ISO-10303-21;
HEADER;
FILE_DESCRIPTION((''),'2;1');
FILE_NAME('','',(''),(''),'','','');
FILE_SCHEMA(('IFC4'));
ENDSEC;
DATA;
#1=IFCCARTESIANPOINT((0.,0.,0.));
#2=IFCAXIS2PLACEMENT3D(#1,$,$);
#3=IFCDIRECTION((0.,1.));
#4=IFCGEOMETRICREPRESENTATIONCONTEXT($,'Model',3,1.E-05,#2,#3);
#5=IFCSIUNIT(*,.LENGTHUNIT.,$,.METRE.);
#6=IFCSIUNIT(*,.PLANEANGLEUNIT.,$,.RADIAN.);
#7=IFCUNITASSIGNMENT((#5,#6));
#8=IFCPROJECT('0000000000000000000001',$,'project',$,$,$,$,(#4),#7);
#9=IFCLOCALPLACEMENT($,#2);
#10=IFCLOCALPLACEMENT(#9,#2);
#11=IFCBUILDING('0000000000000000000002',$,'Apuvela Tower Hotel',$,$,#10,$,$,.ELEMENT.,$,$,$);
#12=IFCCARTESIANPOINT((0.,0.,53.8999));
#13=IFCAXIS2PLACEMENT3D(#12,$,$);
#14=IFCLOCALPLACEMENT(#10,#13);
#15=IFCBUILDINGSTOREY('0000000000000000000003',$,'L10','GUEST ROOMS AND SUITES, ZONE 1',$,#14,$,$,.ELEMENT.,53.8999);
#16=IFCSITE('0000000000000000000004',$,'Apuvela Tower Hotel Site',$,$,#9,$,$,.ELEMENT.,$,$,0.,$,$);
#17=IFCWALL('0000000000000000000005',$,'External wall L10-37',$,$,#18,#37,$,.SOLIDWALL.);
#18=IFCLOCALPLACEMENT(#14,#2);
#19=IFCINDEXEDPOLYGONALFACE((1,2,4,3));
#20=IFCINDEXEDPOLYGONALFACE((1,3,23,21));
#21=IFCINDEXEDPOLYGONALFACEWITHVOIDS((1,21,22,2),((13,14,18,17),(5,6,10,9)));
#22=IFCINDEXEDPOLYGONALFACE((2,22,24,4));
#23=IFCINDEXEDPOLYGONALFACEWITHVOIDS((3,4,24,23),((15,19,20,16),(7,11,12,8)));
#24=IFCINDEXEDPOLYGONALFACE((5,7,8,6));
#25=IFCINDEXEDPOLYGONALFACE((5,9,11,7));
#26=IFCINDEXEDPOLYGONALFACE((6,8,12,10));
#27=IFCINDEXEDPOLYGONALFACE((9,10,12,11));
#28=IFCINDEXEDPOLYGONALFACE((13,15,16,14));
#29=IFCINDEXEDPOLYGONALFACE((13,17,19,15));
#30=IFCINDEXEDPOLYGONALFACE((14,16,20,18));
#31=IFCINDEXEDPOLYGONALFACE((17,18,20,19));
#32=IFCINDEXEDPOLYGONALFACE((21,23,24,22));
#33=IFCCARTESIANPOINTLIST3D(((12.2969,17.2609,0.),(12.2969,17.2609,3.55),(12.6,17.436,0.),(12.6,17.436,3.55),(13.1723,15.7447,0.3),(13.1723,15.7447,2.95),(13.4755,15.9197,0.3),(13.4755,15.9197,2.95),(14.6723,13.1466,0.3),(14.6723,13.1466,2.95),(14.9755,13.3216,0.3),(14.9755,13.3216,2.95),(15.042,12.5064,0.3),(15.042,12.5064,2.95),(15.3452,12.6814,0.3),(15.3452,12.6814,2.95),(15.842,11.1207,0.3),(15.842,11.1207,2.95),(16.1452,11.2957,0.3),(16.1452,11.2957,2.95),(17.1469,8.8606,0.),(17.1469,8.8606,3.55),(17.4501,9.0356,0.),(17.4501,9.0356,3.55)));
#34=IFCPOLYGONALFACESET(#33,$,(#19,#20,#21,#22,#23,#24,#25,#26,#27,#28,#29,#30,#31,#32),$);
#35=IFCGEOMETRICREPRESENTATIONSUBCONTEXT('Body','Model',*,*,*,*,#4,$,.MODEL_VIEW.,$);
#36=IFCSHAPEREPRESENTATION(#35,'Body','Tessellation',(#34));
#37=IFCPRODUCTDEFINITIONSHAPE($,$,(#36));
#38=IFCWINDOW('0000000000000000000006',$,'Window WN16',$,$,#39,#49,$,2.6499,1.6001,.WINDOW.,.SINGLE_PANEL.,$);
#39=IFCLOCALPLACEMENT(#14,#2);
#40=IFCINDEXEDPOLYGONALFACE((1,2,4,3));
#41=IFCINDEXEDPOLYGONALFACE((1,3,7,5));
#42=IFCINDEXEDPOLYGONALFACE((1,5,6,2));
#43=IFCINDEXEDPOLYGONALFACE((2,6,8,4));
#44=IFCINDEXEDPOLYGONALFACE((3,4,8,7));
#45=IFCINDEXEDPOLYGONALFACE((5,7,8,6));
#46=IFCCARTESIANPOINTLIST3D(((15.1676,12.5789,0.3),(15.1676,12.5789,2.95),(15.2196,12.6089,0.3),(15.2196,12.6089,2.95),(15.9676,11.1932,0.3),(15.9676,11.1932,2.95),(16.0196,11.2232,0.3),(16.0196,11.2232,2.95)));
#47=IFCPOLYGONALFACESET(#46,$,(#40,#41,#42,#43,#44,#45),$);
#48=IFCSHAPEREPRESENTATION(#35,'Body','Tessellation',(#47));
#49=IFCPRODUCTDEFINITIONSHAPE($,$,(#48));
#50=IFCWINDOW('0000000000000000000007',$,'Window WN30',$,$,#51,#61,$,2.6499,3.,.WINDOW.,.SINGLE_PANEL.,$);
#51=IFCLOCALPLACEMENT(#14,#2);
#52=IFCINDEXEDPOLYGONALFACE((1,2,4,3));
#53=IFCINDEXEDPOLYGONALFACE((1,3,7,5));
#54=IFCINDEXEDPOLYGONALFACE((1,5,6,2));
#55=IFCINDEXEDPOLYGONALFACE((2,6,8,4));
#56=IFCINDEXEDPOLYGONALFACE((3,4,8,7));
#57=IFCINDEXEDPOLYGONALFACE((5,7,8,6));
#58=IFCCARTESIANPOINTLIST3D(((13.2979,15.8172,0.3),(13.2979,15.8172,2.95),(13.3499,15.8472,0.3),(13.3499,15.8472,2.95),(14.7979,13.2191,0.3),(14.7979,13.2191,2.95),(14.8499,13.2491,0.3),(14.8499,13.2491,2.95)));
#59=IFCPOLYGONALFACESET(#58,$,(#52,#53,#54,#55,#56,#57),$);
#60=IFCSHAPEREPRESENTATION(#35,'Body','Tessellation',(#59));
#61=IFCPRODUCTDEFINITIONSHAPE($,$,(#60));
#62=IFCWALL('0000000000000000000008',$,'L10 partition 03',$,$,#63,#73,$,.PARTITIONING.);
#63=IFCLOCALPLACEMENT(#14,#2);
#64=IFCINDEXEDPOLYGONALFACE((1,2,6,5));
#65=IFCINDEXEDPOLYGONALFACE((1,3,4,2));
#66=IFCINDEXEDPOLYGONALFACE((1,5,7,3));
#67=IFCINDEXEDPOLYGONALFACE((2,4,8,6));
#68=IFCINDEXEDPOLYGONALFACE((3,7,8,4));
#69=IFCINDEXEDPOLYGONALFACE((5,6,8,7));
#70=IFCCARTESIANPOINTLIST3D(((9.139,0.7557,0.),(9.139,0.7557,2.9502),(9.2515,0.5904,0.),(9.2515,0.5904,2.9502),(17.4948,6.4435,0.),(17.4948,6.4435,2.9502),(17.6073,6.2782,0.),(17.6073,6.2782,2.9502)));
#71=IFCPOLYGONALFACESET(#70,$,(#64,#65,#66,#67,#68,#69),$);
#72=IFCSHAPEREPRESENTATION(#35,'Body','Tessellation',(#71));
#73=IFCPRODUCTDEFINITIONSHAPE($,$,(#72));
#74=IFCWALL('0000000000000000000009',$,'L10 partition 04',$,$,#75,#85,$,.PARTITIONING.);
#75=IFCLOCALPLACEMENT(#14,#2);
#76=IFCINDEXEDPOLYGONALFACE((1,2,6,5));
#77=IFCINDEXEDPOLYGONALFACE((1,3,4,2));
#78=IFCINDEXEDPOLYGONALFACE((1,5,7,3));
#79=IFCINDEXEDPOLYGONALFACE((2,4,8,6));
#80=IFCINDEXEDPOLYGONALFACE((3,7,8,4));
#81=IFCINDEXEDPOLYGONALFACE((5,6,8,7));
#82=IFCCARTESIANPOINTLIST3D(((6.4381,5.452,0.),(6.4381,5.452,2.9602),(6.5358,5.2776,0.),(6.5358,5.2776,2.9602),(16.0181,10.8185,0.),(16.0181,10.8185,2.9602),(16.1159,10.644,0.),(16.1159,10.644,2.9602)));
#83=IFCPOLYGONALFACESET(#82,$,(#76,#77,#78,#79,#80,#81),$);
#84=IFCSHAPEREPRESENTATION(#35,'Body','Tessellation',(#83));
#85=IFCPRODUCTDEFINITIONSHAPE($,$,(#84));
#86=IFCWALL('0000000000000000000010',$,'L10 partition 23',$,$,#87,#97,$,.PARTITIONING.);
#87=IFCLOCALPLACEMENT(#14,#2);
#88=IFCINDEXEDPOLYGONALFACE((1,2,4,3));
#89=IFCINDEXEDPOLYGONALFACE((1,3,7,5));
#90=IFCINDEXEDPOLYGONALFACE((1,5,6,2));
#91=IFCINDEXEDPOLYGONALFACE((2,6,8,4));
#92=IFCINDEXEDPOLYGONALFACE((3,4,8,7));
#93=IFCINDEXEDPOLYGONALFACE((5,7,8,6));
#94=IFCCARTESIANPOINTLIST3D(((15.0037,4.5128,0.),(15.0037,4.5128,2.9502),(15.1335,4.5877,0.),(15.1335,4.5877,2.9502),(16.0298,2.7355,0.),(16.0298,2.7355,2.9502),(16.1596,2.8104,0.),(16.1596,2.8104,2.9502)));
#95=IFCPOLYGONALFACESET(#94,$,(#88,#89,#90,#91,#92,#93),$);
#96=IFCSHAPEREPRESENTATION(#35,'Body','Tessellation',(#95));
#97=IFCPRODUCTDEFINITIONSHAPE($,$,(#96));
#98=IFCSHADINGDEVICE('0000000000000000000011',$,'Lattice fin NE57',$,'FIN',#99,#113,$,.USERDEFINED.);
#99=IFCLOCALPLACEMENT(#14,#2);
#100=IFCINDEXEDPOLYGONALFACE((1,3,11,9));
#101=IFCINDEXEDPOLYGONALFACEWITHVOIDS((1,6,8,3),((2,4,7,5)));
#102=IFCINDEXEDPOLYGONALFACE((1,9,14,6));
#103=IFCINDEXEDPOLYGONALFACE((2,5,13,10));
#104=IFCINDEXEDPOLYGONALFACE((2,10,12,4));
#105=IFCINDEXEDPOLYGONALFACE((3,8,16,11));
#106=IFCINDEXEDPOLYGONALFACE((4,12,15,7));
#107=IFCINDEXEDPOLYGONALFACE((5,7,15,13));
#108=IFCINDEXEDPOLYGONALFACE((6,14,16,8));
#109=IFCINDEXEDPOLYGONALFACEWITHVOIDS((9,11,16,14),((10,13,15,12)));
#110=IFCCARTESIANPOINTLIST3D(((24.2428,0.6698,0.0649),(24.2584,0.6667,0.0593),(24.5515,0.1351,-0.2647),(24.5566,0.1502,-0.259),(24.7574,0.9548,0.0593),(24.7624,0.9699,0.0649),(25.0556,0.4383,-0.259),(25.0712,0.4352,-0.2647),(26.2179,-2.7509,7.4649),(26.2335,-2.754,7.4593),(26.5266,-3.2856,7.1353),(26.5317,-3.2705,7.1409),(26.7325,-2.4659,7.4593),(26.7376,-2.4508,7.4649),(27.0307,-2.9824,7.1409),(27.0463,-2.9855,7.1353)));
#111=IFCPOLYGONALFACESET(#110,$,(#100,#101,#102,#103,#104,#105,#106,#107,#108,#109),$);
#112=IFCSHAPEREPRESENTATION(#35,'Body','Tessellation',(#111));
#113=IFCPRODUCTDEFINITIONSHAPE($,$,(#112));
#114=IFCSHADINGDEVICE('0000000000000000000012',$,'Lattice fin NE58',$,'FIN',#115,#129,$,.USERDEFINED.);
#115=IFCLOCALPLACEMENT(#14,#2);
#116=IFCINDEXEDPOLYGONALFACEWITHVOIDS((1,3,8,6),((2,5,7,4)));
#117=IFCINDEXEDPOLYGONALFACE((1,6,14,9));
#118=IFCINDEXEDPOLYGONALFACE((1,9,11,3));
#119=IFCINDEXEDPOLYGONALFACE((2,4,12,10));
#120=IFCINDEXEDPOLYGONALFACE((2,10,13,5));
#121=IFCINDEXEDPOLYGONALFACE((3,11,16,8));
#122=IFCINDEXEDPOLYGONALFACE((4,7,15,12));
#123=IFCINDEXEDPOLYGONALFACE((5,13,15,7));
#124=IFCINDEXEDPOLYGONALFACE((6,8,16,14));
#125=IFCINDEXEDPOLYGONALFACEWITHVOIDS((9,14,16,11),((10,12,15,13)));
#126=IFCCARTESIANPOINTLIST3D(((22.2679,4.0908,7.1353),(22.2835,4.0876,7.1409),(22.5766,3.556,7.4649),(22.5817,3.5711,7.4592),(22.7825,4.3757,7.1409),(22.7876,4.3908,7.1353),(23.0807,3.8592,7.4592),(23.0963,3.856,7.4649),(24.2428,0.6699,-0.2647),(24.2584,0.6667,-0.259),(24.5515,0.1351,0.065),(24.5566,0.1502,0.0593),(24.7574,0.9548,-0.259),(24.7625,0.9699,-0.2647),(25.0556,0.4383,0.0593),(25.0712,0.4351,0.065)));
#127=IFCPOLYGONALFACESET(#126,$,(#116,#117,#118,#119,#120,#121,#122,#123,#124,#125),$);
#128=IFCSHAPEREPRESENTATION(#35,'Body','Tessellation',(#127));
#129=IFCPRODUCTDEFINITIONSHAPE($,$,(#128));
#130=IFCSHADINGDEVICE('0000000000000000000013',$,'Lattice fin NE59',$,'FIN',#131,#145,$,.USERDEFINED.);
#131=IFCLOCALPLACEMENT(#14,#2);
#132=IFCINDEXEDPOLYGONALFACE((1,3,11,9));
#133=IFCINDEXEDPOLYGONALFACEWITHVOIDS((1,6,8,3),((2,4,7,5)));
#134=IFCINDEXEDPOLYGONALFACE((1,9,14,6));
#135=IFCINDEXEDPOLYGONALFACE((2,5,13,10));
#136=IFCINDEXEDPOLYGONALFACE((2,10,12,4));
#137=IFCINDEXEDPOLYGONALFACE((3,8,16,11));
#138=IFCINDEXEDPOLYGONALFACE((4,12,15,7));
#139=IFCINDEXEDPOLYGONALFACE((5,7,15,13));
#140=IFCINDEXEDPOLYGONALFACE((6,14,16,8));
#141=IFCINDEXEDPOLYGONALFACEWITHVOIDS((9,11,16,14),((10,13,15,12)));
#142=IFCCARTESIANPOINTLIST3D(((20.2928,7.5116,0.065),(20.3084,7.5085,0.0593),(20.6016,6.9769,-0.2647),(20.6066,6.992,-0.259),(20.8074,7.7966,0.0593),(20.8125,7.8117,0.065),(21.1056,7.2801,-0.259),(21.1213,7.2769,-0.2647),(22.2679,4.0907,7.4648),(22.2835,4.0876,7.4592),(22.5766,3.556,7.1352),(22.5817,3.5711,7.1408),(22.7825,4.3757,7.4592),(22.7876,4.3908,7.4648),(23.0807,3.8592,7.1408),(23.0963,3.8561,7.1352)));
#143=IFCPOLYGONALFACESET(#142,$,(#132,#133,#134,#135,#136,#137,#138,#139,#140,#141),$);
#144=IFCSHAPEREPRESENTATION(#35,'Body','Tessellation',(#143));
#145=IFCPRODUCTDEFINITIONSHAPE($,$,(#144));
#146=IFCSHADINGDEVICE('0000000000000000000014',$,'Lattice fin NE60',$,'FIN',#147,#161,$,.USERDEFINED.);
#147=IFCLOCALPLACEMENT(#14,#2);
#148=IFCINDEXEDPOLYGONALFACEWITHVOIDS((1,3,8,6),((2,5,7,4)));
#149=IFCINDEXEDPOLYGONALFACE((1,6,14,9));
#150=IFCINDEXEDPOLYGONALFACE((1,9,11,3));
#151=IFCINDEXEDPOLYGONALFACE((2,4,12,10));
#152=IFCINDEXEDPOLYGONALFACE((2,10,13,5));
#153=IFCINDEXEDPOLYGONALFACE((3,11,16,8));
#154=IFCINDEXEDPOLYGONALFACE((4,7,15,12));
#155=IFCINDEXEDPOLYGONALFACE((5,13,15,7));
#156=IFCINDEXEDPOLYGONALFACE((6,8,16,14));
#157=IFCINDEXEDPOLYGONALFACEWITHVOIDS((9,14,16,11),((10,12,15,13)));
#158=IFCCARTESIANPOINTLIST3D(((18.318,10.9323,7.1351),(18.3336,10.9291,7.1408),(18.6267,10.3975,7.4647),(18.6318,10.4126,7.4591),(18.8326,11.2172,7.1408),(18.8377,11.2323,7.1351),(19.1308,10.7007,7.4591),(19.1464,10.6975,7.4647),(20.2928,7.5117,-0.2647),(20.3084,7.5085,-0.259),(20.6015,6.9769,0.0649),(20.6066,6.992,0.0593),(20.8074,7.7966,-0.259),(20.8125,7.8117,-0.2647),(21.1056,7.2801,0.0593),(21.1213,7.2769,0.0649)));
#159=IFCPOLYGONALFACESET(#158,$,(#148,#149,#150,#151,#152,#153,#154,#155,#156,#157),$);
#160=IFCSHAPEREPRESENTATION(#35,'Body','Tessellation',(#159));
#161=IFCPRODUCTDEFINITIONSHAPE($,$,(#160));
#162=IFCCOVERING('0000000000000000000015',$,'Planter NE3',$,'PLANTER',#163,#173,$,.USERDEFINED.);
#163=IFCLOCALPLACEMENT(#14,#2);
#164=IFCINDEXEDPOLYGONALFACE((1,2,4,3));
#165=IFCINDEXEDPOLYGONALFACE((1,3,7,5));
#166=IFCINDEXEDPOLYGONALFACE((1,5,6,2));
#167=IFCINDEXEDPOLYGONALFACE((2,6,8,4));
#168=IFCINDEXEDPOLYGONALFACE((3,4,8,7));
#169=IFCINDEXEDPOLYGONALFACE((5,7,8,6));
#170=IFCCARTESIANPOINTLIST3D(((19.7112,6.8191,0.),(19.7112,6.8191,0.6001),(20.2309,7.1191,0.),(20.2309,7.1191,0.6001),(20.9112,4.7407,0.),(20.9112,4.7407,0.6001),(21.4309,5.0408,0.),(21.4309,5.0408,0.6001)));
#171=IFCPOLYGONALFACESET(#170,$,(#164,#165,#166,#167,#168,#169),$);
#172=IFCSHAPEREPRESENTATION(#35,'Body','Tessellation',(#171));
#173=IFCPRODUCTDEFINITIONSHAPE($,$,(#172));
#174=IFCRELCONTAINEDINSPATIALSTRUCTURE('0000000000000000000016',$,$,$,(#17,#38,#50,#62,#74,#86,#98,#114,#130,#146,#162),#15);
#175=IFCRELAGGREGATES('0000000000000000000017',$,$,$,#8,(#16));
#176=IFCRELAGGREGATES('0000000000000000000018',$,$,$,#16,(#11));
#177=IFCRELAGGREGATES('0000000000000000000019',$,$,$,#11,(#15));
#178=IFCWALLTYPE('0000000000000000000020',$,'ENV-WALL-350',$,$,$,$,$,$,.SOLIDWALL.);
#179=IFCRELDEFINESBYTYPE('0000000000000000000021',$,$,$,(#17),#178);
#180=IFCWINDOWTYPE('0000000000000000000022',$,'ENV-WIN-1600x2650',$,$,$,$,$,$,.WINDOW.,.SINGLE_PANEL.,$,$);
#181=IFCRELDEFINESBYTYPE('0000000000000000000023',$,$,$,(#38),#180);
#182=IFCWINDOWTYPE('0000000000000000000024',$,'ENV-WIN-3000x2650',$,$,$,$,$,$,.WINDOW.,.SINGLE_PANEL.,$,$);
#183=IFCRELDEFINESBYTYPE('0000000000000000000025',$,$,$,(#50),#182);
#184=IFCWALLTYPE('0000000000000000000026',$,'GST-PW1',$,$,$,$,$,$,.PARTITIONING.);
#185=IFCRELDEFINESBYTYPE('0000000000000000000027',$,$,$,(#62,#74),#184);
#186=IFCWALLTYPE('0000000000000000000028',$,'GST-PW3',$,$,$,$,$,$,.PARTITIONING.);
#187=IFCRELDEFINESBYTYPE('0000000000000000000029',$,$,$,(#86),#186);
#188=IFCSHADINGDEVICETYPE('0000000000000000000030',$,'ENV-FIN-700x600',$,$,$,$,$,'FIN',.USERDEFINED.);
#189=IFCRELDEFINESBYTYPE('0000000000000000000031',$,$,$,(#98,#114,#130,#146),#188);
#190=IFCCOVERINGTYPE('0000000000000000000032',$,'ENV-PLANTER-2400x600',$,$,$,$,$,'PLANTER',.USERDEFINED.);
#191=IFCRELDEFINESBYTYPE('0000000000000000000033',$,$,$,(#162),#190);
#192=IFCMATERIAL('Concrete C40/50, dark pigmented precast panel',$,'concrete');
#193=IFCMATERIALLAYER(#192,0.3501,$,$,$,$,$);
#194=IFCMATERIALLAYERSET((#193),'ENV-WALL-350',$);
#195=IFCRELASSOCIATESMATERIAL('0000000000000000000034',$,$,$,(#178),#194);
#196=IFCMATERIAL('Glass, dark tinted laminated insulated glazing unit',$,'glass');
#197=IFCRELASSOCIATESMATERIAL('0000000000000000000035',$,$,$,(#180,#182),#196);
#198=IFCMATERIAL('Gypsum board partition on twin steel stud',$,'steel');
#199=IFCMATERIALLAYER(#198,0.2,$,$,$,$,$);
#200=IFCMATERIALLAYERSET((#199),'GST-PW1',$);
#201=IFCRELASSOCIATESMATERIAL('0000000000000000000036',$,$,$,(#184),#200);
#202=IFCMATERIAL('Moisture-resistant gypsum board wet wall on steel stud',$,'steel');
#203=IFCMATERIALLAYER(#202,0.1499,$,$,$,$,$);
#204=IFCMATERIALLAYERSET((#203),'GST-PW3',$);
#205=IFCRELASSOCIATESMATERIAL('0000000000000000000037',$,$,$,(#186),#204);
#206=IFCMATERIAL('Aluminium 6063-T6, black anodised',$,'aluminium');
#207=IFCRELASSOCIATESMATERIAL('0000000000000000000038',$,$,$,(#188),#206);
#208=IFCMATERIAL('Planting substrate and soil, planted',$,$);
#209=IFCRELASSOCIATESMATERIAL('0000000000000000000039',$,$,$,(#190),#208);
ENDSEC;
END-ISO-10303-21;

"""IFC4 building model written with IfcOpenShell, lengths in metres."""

from ifc_helpers import new_model, si_unit, direction, frame, frame_2d, origin, origin_2d, place, context, subcontext, project, spatial, rectangle, hollow_rectangle, extrude, material, layer, layer_set, material_profile, profile_set, type_object, element, fill, save


model = new_model("IFC4")

# Units and contexts
model_context = context("Model", 3, precision=1e-05, world=origin(), true_north=direction((0.0, 1.0)))
body_context = subcontext(model_context, "Body", "Model", "MODEL_VIEW")
ifc_project = project(units=[si_unit("LENGTHUNIT", "METRE"), si_unit("PLANEANGLEUNIT", "RADIAN")], contexts=[model_context])

# Site, building, storey
site_placement = place(None, origin())
site = spatial("IfcSite", under=ifc_project, at=site_placement, Name="Apuvela Tower Hotel Site", CompositionType="ELEMENT", RefElevation=0.0)
building_placement = place(site_placement, origin())
building = spatial("IfcBuilding", under=site, at=building_placement, Name="Apuvela Tower Hotel", CompositionType="ELEMENT")
storey_placement = place(building_placement, frame((0.0, 0.0, 53.8999)))
storey = spatial("IfcBuildingStorey", under=building, at=storey_placement, Name="L10", Description="GUEST ROOMS AND SUITES, ZONE 1", CompositionType="ELEMENT", Elevation=53.8999)

# Shared definitions
ifc_material_1 = material(Name="Concrete C40/50, dark pigmented precast panel", Category="concrete")
ifc_layer_1 = layer(ifc_material_1, 0.3501)
ifc_layer_set_1 = layer_set([ifc_layer_1], Name="ENV-WALL-350")
wall_type_1 = type_object("IfcWallType", Name="ENV-WALL-350", PredefinedType="SOLIDWALL", material=ifc_layer_set_1)

# Shared definitions
ifc_material_2 = material(Name="Glass, dark tinted laminated insulated glazing unit", Category="glass")

# Wall, openings, windows
wall_1_placement = place(storey_placement, frame((17.2986, 8.948, 0.0), z_axis=(0.0, 0.0, 1.0), x_axis=(-0.50001, 0.86602, 0.0)))
wall_1 = element("IfcWall", 1, at=wall_1_placement, inside=storey, type_object=wall_type_1, Name="External wall L10-37", PredefinedType="SOLIDWALL", context=body_context, shape_type="SweptSolid", body=[
    extrude(rectangle(XDim=9.7, YDim=0.3501, at=frame_2d((4.8501, 0.0))), origin(), (0.0, 0.0, 1.0), 3.55),
])
opening_1_placement = place(wall_1_placement, frame((2.6099, 0.0, 0.3)))
opening_1 = element("IfcOpeningElement", 2, at=opening_1_placement, cuts=wall_1, PredefinedType="OPENING", context=body_context, shape_type="SweptSolid", body=[
    extrude(rectangle(XDim=1.6001, YDim=2.6499, at=frame_2d((0.8, 1.325))), frame((0.0, 0.1851, 0.0), z_axis=(0.0, -1.0, 0.0), x_axis=(1.0, 0.0, 0.0)), (0.0, 0.0, 1.0), 0.3701),
])
opening_2_placement = place(wall_1_placement, frame((4.9492, 0.0, 0.3)))
opening_2 = element("IfcOpeningElement", 3, at=opening_2_placement, cuts=wall_1, PredefinedType="OPENING", context=body_context, shape_type="SweptSolid", body=[
    extrude(rectangle(XDim=3.0, YDim=2.6499, at=frame_2d((1.5, 1.325))), frame((0.0, 0.1851, 0.0), z_axis=(0.0, -1.0, 0.0), x_axis=(1.0, 0.0, 0.0)), (0.0, 0.0, 1.0), 0.3701),
])
window_type_1 = type_object("IfcWindowType", Name="ENV-WIN-1600x2650", PartitioningType="SINGLE_PANEL", PredefinedType="WINDOW", material=ifc_material_2)
window_1_placement = place(opening_1_placement, origin())
window_1 = element("IfcWindow", 4, at=window_1_placement, inside=storey, type_object=window_type_1, Name="Window WN16", OverallHeight=2.6499, OverallWidth=1.6001, PartitioningType="SINGLE_PANEL", PredefinedType="WINDOW", context=body_context, shape_type="SweptSolid", body=[
    extrude(rectangle(XDim=1.6001, YDim=2.6499, at=frame_2d((0.8, 1.325))), frame((0.0, 0.03, 0.0), z_axis=(0.0, -1.0, 0.0), x_axis=(1.0, 0.0, 0.0)), (0.0, 0.0, 1.0), 0.0601),
])
fill(opening_1, window_1)
window_type_2 = type_object("IfcWindowType", Name="ENV-WIN-3000x2650", PartitioningType="SINGLE_PANEL", PredefinedType="WINDOW", material=ifc_material_2)
window_2_placement = place(opening_2_placement, origin())
window_2 = element("IfcWindow", 5, at=window_2_placement, inside=storey, type_object=window_type_2, Name="Window WN30", OverallHeight=2.6499, OverallWidth=3.0, PartitioningType="SINGLE_PANEL", PredefinedType="WINDOW", context=body_context, shape_type="SweptSolid", body=[
    extrude(rectangle(XDim=3.0, YDim=2.6499, at=frame_2d((1.5, 1.325))), frame((0.0, 0.03, 0.0), z_axis=(0.0, -1.0, 0.0), x_axis=(1.0, 0.0, 0.0)), (0.0, 0.0, 1.0), 0.0601),
])
fill(opening_2, window_2)

# Walls
ifc_material_3 = material(Name="Gypsum board partition on twin steel stud", Category="steel")
ifc_layer_2 = layer(ifc_material_3, 0.2)
ifc_layer_set_2 = layer_set([ifc_layer_2], Name="GST-PW1")
wall_type_2 = type_object("IfcWallType", Name="GST-PW1", PredefinedType="PARTITIONING", material=ifc_layer_set_2)
wall_2_placement = place(storey_placement, frame((17.551, 6.3608, 0.0), z_axis=(0.0, 0.0, 1.0), x_axis=(-0.826657, -0.562706, 0.0)))
element("IfcWall", 6, at=wall_2_placement, inside=storey, type_object=wall_type_2, Name="L10 partition 03", PredefinedType="PARTITIONING", context=body_context, shape_type="SweptSolid", body=[
    extrude(rectangle(XDim=10.1079, YDim=0.2, at=frame_2d((5.054, 0.0))), origin(), (0.0, 0.0, 1.0), 2.9502),
])
wall_3_placement = place(storey_placement, frame((16.0669, 10.7312, 0.0), z_axis=(0.0, 0.0, 1.0), x_axis=(-0.872443, -0.488715, 0.0)))
element("IfcWall", 7, at=wall_3_placement, inside=storey, type_object=wall_type_2, Name="L10 partition 04", PredefinedType="PARTITIONING", context=body_context, shape_type="SweptSolid", body=[
    extrude(rectangle(XDim=10.9807, YDim=0.2, at=frame_2d((5.4902, 0.0))), origin(), (0.0, 0.0, 1.0), 2.9602),
])
ifc_material_4 = material(Name="Moisture-resistant gypsum board wet wall on steel stud", Category="steel")
ifc_layer_3 = layer(ifc_material_4, 0.1499)
ifc_layer_set_3 = layer_set([ifc_layer_3], Name="GST-PW3")
wall_type_3 = type_object("IfcWallType", Name="GST-PW3", PredefinedType="PARTITIONING", material=ifc_layer_set_3)
wall_4_placement = place(storey_placement, frame((16.0947, 2.7729, 0.0), z_axis=(0.0, 0.0, 1.0), x_axis=(-0.49999, 0.866031, 0.0)))
element("IfcWall", 8, at=wall_4_placement, inside=storey, type_object=wall_type_3, Name="L10 partition 23", PredefinedType="PARTITIONING", context=body_context, shape_type="SweptSolid", body=[
    extrude(rectangle(XDim=2.0522, YDim=0.1499, at=frame_2d((1.0261, 0.0))), origin(), (0.0, 0.0, 1.0), 2.9502),
])

# Shading devices
ifc_material_5 = material(Name="Aluminium 6063-T6, black anodised", Category="aluminium")
ifc_material_profile_1 = material_profile(ifc_material_5, hollow_rectangle(XDim=0.6001, YDim=0.7, WallThickness=0.012, at=origin_2d()), Name="AL BOX 700x600x12")
ifc_profile_set_1 = profile_set([ifc_material_profile_1], Name="Aluminium 6063-T6, black anodised")
shading_device_type = type_object("IfcShadingDeviceType", Name="ENV-FIN-700x600", ElementType="FIN", PredefinedType="USERDEFINED", material=ifc_profile_set_1)
for number, where, z_axis, x_axis, name in (
    (9, (24.657, 0.5525, -0.0999), (0.235464, -0.407798, 0.882189), (0.866005, 0.500035, 0.0), "Lattice fin NE57"),
    (10, (24.657, 0.5525, -0.0999), (-0.235434, 0.407825, 0.882185), (-0.866048, -0.499961, 0.0), "Lattice fin NE58"),
    (11, (20.707, 7.3943, -0.0999), (0.235461, -0.407822, 0.882179), (0.866021, 0.500008, 0.0), "Lattice fin NE59"),
):
    element("IfcShadingDevice", number, at=place(storey_placement, frame(where, z_axis=z_axis, x_axis=x_axis)), inside=storey, type_object=shading_device_type, Name=name, ObjectType="FIN", PredefinedType="USERDEFINED", context=body_context, shape_type="SweptSolid", body=[
        extrude(hollow_rectangle(XDim=0.6001, YDim=0.7, WallThickness=0.012, at=origin_2d()), origin(), (0.0, 0.0, 1.0), 8.3882),
    ])
shading_device_placement = place(storey_placement, frame((20.707, 7.3943, -0.0999), z_axis=(-0.235436, 0.407801, 0.882195), x_axis=(-0.866032, -0.499988, 0.0)))
element("IfcShadingDevice", 12, at=shading_device_placement, inside=storey, type_object=shading_device_type, Name="Lattice fin NE60", ObjectType="FIN", PredefinedType="USERDEFINED", context=body_context, shape_type="SweptSolid", body=[
    extrude(hollow_rectangle(XDim=0.6001, YDim=0.7, WallThickness=0.012, at=origin_2d()), origin(), (0.0, 0.0, 1.0), 8.3879),
])

# Covering
ifc_material_6 = material(Name="Planting substrate and soil, planted")
covering_type = type_object("IfcCoveringType", Name="ENV-PLANTER-2400x600", ElementType="PLANTER", PredefinedType="USERDEFINED", material=ifc_material_6)
covering_placement = place(storey_placement, frame((20.571, 5.9299, 0.0), z_axis=(0.0, 0.0, 1.0), x_axis=(-0.5, 0.866025, 0.0)))
element("IfcCovering", 13, at=covering_placement, inside=storey, type_object=covering_type, Name="Planter NE3", ObjectType="PLANTER", PredefinedType="USERDEFINED", context=body_context, shape_type="SweptSolid", body=[
    extrude(rectangle(XDim=2.3999, YDim=0.6001, at=origin_2d()), origin(), (0.0, 0.0, 1.0), 0.6001),
])

save(model, "model.ifc")
